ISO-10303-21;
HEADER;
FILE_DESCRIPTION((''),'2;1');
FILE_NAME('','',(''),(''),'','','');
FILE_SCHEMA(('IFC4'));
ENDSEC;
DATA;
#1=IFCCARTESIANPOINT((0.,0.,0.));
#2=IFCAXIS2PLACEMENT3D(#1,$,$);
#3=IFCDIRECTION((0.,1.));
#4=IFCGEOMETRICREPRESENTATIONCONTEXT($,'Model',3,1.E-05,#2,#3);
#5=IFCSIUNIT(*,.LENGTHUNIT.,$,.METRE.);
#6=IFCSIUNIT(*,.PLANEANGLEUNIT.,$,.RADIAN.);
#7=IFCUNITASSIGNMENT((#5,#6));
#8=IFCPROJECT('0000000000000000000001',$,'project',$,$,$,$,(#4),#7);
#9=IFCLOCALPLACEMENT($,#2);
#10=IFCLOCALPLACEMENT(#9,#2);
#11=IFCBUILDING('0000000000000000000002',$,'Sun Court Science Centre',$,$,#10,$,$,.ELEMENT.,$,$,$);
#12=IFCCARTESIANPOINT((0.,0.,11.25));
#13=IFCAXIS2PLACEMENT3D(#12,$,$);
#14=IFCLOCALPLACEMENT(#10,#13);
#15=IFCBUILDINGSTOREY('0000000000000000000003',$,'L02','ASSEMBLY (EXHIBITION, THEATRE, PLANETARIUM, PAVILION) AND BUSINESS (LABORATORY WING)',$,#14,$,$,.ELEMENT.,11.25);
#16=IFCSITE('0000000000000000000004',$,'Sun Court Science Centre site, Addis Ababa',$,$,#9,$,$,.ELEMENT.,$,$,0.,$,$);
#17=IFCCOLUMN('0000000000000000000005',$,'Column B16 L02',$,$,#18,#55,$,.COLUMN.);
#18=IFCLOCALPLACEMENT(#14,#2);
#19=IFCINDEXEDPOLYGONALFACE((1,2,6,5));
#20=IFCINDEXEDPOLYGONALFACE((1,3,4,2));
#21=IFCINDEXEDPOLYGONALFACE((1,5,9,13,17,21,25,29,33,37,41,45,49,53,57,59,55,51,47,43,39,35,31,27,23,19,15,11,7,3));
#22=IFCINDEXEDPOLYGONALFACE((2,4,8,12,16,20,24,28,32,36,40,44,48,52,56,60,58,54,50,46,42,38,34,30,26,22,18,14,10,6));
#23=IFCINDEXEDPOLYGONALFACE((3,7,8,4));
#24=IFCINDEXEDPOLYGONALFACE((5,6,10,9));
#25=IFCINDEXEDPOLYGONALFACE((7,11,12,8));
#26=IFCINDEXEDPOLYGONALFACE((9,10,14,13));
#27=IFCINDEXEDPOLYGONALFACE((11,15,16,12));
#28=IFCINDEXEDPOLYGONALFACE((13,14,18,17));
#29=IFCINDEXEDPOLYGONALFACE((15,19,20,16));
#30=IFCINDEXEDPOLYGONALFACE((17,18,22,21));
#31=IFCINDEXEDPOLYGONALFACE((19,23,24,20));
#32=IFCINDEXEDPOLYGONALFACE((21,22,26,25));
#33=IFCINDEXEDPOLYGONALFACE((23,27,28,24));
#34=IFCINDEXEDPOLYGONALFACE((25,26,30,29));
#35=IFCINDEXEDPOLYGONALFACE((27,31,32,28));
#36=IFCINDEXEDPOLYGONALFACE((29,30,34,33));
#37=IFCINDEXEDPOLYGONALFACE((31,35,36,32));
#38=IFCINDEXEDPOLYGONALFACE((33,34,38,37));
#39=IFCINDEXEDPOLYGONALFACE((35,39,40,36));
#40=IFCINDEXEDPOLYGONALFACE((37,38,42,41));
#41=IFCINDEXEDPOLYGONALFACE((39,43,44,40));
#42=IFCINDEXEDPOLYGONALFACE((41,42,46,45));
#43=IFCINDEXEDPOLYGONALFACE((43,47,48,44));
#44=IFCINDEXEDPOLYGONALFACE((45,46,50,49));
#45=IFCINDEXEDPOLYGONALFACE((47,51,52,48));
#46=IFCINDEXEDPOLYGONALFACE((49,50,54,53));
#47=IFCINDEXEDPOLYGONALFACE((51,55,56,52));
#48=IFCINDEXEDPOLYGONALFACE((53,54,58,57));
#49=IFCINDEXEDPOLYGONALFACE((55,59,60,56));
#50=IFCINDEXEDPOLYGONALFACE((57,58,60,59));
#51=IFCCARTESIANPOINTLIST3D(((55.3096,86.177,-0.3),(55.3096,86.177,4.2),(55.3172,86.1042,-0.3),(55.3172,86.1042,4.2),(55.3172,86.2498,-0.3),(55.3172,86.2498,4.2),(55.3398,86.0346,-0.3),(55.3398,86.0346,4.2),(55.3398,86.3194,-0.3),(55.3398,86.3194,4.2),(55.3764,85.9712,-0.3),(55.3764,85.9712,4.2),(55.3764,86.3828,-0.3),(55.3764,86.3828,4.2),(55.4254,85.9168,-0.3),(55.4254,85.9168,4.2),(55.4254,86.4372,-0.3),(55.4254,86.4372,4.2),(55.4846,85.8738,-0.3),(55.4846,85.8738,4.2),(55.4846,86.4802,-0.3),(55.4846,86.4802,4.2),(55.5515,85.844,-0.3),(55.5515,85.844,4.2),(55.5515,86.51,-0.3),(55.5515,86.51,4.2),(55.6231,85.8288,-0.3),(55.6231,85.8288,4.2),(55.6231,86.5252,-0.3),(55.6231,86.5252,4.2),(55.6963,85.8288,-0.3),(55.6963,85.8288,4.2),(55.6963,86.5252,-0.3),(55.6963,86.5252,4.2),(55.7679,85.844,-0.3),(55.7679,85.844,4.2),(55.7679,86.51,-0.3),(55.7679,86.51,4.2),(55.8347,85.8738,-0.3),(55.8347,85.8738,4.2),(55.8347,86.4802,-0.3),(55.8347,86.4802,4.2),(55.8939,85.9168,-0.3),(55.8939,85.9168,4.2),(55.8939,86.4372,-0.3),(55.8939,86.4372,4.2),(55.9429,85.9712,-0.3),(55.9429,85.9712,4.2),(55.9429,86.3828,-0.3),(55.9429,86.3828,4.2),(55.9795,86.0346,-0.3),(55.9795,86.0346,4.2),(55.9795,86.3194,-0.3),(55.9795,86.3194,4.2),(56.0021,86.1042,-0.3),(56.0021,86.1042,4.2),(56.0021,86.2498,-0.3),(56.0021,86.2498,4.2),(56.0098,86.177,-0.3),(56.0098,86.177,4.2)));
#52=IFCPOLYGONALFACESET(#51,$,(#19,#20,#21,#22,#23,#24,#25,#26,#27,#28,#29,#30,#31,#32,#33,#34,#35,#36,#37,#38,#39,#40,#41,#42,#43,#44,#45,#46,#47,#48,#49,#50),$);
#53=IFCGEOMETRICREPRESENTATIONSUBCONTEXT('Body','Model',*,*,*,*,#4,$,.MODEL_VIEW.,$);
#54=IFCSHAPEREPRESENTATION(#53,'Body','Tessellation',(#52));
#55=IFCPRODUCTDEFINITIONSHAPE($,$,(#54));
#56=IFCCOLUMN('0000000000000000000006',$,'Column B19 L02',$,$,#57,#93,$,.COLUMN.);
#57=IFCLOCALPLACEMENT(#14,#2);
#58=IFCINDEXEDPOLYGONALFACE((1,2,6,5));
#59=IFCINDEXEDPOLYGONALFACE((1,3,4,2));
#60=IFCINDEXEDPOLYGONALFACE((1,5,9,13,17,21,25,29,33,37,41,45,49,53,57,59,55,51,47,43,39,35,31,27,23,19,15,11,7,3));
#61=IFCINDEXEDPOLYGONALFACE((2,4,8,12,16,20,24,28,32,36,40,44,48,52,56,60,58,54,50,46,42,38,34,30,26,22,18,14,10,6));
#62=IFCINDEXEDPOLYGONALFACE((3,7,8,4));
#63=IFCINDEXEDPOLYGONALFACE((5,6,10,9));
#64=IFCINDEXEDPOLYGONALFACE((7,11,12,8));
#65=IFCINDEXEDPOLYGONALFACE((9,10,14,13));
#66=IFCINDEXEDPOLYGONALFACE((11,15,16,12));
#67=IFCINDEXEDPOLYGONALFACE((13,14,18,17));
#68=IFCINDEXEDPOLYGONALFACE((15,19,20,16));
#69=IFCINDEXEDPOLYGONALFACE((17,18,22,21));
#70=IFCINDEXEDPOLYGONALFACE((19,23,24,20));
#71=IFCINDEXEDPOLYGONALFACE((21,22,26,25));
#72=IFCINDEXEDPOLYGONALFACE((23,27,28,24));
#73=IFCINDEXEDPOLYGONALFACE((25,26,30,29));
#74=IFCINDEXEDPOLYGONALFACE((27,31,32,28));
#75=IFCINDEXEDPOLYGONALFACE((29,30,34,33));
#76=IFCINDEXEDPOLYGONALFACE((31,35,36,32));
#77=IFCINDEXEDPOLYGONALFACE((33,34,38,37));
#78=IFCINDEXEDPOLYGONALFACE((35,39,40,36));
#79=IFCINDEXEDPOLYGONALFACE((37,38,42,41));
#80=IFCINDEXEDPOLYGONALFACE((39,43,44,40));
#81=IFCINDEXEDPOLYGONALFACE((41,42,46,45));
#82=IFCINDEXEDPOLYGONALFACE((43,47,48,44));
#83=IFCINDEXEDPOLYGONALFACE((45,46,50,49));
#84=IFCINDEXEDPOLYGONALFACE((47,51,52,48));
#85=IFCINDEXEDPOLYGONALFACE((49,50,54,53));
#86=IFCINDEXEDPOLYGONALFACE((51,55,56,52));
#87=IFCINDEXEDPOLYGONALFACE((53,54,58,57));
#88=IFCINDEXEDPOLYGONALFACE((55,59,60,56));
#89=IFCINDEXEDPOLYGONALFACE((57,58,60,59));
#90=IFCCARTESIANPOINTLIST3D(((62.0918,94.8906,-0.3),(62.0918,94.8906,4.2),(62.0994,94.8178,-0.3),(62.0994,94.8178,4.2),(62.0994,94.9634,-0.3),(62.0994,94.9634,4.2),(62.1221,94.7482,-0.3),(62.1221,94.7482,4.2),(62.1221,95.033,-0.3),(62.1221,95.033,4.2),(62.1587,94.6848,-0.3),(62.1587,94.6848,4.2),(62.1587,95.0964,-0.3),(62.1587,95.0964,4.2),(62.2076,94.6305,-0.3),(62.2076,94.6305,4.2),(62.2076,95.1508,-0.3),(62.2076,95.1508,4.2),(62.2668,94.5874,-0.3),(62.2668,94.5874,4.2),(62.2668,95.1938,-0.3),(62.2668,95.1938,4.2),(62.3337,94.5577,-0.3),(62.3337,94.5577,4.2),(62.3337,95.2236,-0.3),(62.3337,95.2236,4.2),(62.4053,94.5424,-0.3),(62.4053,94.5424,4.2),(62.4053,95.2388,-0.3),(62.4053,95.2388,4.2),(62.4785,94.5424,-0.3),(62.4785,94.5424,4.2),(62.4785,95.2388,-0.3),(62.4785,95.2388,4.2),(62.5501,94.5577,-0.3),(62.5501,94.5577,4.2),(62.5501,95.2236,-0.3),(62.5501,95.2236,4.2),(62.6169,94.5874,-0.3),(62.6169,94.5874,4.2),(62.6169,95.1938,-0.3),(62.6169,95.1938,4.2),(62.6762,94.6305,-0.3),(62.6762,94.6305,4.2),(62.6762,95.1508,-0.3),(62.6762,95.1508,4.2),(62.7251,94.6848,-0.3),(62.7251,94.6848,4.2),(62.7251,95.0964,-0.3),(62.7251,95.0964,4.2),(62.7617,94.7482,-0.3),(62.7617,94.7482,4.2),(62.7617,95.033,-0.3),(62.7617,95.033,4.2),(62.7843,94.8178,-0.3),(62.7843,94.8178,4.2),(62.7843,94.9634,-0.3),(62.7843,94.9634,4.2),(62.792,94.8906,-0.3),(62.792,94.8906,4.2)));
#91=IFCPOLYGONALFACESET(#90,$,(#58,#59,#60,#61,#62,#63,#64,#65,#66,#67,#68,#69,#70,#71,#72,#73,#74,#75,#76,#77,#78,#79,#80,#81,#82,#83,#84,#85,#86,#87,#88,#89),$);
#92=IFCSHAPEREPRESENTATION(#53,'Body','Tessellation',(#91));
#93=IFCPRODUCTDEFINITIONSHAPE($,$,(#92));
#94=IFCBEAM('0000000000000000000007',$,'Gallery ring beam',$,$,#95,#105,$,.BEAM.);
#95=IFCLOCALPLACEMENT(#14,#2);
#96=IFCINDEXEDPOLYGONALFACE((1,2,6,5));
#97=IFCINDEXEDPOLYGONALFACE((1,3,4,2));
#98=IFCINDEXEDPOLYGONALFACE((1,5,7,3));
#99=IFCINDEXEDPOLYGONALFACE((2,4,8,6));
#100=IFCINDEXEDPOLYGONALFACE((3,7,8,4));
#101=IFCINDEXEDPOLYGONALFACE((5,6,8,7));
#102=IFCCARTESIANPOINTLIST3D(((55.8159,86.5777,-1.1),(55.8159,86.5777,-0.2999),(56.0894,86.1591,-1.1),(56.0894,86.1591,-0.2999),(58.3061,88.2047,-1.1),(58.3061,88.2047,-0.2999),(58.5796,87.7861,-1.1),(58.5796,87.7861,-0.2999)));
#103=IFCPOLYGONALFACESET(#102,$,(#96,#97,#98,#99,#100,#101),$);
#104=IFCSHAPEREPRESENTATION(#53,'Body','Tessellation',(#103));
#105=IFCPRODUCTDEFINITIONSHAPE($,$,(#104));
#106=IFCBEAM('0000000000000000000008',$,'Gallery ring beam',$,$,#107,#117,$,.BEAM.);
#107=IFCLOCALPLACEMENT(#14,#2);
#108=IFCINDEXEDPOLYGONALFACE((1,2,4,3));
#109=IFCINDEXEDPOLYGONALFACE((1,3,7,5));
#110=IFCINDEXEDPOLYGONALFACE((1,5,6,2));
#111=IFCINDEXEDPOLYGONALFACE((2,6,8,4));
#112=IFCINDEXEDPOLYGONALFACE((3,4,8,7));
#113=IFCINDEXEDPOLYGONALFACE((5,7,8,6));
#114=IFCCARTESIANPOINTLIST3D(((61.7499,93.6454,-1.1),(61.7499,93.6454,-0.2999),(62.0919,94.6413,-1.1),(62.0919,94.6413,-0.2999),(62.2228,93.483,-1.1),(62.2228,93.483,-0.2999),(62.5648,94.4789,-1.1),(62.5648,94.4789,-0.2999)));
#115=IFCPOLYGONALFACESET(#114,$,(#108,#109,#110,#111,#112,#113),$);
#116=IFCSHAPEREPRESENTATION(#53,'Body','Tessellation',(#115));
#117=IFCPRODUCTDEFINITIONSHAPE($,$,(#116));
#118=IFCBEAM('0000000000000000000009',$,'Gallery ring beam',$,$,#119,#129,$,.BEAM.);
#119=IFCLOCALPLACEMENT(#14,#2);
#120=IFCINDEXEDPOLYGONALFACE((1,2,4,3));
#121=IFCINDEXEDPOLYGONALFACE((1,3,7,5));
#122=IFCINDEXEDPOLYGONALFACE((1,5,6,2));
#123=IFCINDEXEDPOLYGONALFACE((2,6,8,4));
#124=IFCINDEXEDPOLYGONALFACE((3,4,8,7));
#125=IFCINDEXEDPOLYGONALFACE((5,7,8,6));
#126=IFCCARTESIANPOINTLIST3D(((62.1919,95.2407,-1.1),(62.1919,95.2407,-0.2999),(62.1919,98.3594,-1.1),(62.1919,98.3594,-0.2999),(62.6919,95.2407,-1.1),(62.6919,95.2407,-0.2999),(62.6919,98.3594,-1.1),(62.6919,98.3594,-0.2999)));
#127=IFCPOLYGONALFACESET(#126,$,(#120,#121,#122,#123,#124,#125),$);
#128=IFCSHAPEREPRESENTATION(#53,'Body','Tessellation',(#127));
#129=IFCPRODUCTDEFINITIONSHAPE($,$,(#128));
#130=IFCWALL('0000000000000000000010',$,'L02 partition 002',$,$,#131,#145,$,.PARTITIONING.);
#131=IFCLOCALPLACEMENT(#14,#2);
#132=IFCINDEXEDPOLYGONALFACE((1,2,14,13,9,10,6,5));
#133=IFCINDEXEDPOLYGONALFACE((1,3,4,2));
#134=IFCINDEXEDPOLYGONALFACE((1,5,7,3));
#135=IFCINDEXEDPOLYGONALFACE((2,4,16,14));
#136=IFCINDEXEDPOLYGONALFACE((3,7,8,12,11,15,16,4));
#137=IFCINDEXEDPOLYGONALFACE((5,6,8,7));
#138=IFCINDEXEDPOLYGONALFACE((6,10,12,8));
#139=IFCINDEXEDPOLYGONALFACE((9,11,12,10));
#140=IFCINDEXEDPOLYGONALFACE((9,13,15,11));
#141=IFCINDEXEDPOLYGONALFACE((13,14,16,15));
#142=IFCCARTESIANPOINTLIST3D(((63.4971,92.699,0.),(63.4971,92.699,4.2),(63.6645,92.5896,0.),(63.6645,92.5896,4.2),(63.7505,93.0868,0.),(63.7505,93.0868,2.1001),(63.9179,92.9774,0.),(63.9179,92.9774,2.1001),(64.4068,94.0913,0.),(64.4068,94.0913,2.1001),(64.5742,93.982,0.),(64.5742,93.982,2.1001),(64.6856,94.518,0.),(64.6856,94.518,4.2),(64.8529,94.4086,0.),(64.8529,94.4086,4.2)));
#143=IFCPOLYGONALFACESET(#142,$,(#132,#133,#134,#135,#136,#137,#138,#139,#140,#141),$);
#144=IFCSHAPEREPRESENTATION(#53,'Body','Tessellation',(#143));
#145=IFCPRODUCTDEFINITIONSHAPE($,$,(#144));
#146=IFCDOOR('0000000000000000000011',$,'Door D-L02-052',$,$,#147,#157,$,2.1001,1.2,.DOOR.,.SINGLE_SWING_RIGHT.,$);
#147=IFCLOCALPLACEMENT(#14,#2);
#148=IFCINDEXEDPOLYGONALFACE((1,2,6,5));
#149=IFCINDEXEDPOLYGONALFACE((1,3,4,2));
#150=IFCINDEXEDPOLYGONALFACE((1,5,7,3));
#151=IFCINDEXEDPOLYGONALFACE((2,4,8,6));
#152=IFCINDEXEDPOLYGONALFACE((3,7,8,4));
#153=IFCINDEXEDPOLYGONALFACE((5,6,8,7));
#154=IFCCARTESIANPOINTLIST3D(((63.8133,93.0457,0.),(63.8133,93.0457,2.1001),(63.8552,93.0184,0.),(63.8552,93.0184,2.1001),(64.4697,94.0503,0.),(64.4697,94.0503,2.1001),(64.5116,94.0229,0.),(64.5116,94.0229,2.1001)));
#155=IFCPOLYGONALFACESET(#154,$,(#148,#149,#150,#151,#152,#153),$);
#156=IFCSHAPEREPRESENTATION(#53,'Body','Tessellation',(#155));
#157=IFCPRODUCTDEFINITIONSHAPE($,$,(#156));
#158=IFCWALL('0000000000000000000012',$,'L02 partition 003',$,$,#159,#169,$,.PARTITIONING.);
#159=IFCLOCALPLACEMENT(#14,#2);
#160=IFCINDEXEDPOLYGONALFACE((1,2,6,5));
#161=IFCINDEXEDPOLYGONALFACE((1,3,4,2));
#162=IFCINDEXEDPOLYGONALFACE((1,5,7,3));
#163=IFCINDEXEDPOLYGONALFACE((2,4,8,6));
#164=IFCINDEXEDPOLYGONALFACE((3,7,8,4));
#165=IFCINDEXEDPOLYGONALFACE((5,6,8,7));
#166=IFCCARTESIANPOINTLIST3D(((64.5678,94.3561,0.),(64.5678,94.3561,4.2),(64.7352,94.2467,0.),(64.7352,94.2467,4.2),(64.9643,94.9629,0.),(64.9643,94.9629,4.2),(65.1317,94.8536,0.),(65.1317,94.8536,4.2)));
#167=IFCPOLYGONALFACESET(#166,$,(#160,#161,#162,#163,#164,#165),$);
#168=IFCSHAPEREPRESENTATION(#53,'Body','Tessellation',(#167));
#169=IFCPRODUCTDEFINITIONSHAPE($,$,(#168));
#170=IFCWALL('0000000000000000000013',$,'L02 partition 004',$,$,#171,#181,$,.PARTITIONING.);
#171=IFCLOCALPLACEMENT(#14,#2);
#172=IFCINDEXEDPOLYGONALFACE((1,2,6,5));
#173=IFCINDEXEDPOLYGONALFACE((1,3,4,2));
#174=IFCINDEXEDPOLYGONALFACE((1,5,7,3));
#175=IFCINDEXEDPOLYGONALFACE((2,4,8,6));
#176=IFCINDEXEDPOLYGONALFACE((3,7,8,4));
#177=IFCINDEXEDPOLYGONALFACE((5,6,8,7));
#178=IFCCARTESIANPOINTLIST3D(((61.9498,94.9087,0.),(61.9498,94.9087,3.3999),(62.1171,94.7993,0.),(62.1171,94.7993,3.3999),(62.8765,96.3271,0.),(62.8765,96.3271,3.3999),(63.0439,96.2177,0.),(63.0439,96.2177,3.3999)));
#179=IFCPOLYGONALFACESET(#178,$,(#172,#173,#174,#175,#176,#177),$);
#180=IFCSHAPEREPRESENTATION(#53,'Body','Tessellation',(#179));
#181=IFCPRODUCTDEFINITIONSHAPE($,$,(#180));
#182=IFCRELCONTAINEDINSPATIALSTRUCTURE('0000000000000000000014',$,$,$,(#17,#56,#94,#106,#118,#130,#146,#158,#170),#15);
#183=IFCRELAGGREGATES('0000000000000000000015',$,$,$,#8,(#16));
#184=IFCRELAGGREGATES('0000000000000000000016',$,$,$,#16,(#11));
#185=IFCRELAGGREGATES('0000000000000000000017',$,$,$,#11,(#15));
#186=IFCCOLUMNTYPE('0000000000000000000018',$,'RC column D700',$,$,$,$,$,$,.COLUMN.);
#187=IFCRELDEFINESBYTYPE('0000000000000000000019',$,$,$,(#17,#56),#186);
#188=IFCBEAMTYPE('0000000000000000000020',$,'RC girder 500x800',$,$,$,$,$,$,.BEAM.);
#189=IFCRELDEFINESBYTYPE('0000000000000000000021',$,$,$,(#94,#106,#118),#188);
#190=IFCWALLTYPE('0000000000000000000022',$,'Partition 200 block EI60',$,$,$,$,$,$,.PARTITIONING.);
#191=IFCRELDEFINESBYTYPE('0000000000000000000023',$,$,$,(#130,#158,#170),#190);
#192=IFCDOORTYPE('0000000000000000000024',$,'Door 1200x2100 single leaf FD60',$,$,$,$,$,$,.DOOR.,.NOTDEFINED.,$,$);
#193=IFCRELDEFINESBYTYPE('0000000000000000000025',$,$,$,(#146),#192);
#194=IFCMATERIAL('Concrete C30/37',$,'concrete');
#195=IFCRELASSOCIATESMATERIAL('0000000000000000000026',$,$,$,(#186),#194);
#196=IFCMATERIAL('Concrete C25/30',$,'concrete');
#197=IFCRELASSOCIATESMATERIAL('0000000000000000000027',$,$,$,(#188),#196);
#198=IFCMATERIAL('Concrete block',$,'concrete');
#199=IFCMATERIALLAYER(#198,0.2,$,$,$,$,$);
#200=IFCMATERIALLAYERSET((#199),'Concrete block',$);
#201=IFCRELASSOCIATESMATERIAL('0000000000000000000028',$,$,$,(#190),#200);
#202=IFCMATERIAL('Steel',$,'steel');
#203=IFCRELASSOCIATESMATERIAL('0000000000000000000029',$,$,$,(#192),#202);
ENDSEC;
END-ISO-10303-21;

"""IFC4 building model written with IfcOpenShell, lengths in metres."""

from ifc_helpers import new_model, si_unit, direction, frame, frame_2d, origin, origin_2d, place, context, subcontext, project, spatial, rectangle, circle, extrude, material, layer, layer_set, material_profile, profile_set, type_object, element, fill, save


model = new_model("IFC4")

# Units and contexts
model_context = context("Model", 3, precision=1e-05, world=origin(), true_north=direction((0.0, 1.0)))
body_context = subcontext(model_context, "Body", "Model", "MODEL_VIEW")
ifc_project = project(units=[si_unit("LENGTHUNIT", "METRE"), si_unit("PLANEANGLEUNIT", "RADIAN")], contexts=[model_context])

# Site, building, storey
site_placement = place(None, origin())
site = spatial("IfcSite", under=ifc_project, at=site_placement, Name="Sun Court Science Centre site, Addis Ababa", CompositionType="ELEMENT", RefElevation=0.0)
building_placement = place(site_placement, origin())
building = spatial("IfcBuilding", under=site, at=building_placement, Name="Sun Court Science Centre", CompositionType="ELEMENT")
storey_placement = place(building_placement, frame((0.0, 0.0, 11.25)))
storey = spatial("IfcBuildingStorey", under=building, at=storey_placement, Name="L02", Description="ASSEMBLY (EXHIBITION, THEATRE, PLANETARIUM, PAVILION) AND BUSINESS (LABORATORY WING)", CompositionType="ELEMENT", Elevation=11.25)

# Columns
ifc_material_1 = material(Name="Concrete C30/37", Category="concrete")
ifc_material_profile_1 = material_profile(ifc_material_1, circle(Radius=0.3501, at=origin_2d()), Name="RC D700")
ifc_profile_set_1 = profile_set([ifc_material_profile_1], Name="Concrete C30/37")
column_type = type_object("IfcColumnType", Name="RC column D700", PredefinedType="COLUMN", material=ifc_profile_set_1)
for number, where, z_axis, x_axis, name in (
    (1, (55.6597, 86.177, -0.3), (0.0, 0.0, 1.0), (1.0, 0.0, 0.0), "Column B16 L02"),
    (2, (62.4419, 94.8906, -0.3), (0.0, 0.0, 1.0), (1.0, 0.0, 0.0), "Column B19 L02"),
):
    element("IfcColumn", number, at=place(storey_placement, frame(where, z_axis=z_axis, x_axis=x_axis)), inside=storey, type_object=column_type, Name=name, PredefinedType="COLUMN", context=body_context, shape_type="SweptSolid", body=[
        extrude(circle(Radius=0.3501, at=origin_2d()), origin(), (0.0, 0.0, 1.0), 4.5),
    ])

# Beams
ifc_material_2 = material(Name="Concrete C25/30", Category="concrete")
ifc_material_profile_2 = material_profile(ifc_material_2, rectangle(XDim=0.5, YDim=0.8, at=origin_2d()), Name="RC 500x800")
ifc_profile_set_2 = profile_set([ifc_material_profile_2], Name="Concrete C25/30")
beam_type = type_object("IfcBeamType", Name="RC girder 500x800", PredefinedType="BEAM", material=ifc_profile_set_2)
beam_1_placement = place(storey_placement, frame((55.9526, 86.3684, -0.7), z_axis=(0.837166, 0.546949, 0.0), x_axis=(-0.546949, 0.837166, 0.0)))
element("IfcBeam", 3, at=beam_1_placement, inside=storey, type_object=beam_type, Name="Gallery ring beam", PredefinedType="BEAM", context=body_context, shape_type="SweptSolid", body=[
    extrude(rectangle(XDim=0.5, YDim=0.8, at=origin_2d()), origin(), (0.0, 0.0, 1.0), 2.9746),
])
beam_2_placement = place(storey_placement, frame((61.9863, 93.5642, -0.7), z_axis=(0.32484, 0.945769, 0.0), x_axis=(-0.945769, 0.32484, 0.0)))
element("IfcBeam", 4, at=beam_2_placement, inside=storey, type_object=beam_type, Name="Gallery ring beam", PredefinedType="BEAM", context=body_context, shape_type="SweptSolid", body=[
    extrude(rectangle(XDim=0.5, YDim=0.8, at=origin_2d()), origin(), (0.0, 0.0, 1.0), 1.053),
])
beam_3_placement = place(storey_placement, frame((62.4419, 95.2407, -0.7), z_axis=(0.0, 1.0, 0.0), x_axis=(-1.0, 0.0, 0.0)))
element("IfcBeam", 5, at=beam_3_placement, inside=storey, type_object=beam_type, Name="Gallery ring beam", PredefinedType="BEAM", context=body_context, shape_type="SweptSolid", body=[
    extrude(rectangle(XDim=0.5, YDim=0.8, at=origin_2d()), origin(), (0.0, 0.0, 1.0), 3.1187),
])

# Wall, opening, door
ifc_material_3 = material(Name="Concrete block", Category="concrete")
ifc_layer_1 = layer(ifc_material_3, 0.2)
ifc_layer_set_1 = layer_set([ifc_layer_1], Name="Concrete block")
wall_type_1 = type_object("IfcWallType", Name="Partition 200 block EI60", PredefinedType="PARTITIONING", material=ifc_layer_set_1)
wall_1_placement = place(storey_placement, frame((63.5808, 92.6443, 0.0), z_axis=(0.0, 0.0, 1.0), x_axis=(0.54695, 0.837166, 0.0)))
wall_1 = element("IfcWall", 6, at=wall_1_placement, inside=storey, type_object=wall_type_1, Name="L02 partition 002", PredefinedType="PARTITIONING", context=body_context, shape_type="SweptSolid", body=[
    extrude(rectangle(XDim=2.1729, YDim=0.2, at=frame_2d((1.0864, 0.0))), origin(), (0.0, 0.0, 1.0), 4.2),
])
opening_1_placement = place(wall_1_placement, frame((0.4631, 0.0, 0.0)))
opening_1 = element("IfcOpeningElement", 7, at=opening_1_placement, cuts=wall_1, PredefinedType="OPENING", context=body_context, shape_type="SweptSolid", body=[
    extrude(rectangle(XDim=1.2, YDim=2.1001, at=frame_2d((0.6001, 1.05))), frame((0.0, 0.1099, 0.0), z_axis=(0.0, -1.0, 0.0), x_axis=(1.0, 0.0, 0.0)), (0.0, 0.0, 1.0), 0.22),
])
ifc_material_4 = material(Name="Steel", Category="steel")
door_type_1 = type_object("IfcDoorType", Name="Door 1200x2100 single leaf FD60", OperationType="NOTDEFINED", PredefinedType="DOOR", material=ifc_material_4)
door_1_placement = place(opening_1_placement, origin())
door_1 = element("IfcDoor", 8, at=door_1_placement, inside=storey, type_object=door_type_1, Name="Door D-L02-052", OperationType="SINGLE_SWING_RIGHT", OverallHeight=2.1001, OverallWidth=1.2, PredefinedType="DOOR", context=body_context, shape_type="SweptSolid", body=[
    extrude(rectangle(XDim=1.2, YDim=2.1001, at=frame_2d((0.6001, 1.05))), frame((0.0, 0.0249, 0.0), z_axis=(0.0, -1.0, 0.0), x_axis=(1.0, 0.0, 0.0)), (0.0, 0.0, 1.0), 0.05),
])
fill(opening_1, door_1)

# Walls
wall_2_placement = place(storey_placement, frame((64.6516, 94.3015, 0.0), z_axis=(0.0, 0.0, 1.0), x_axis=(0.546905, 0.837195, 0.0)))
element("IfcWall", 9, at=wall_2_placement, inside=storey, type_object=wall_type_1, Name="L02 partition 003", PredefinedType="PARTITIONING", context=body_context, shape_type="SweptSolid", body=[
    extrude(rectangle(XDim=0.7249, YDim=0.2, at=frame_2d((0.3623, 0.0))), origin(), (0.0, 0.0, 1.0), 4.2),
])
wall_3_placement = place(storey_placement, frame((62.0334, 94.854, 0.0), z_axis=(0.0, 0.0, 1.0), x_axis=(0.546962, 0.837157, 0.0)))
element("IfcWall", 10, at=wall_3_placement, inside=storey, type_object=wall_type_1, Name="L02 partition 004", PredefinedType="PARTITIONING", context=body_context, shape_type="SweptSolid", body=[
    extrude(rectangle(XDim=1.6943, YDim=0.2, at=frame_2d((0.8472, 0.0))), origin(), (0.0, 0.0, 1.0), 3.3999),
])

save(model, "model.ifc")
